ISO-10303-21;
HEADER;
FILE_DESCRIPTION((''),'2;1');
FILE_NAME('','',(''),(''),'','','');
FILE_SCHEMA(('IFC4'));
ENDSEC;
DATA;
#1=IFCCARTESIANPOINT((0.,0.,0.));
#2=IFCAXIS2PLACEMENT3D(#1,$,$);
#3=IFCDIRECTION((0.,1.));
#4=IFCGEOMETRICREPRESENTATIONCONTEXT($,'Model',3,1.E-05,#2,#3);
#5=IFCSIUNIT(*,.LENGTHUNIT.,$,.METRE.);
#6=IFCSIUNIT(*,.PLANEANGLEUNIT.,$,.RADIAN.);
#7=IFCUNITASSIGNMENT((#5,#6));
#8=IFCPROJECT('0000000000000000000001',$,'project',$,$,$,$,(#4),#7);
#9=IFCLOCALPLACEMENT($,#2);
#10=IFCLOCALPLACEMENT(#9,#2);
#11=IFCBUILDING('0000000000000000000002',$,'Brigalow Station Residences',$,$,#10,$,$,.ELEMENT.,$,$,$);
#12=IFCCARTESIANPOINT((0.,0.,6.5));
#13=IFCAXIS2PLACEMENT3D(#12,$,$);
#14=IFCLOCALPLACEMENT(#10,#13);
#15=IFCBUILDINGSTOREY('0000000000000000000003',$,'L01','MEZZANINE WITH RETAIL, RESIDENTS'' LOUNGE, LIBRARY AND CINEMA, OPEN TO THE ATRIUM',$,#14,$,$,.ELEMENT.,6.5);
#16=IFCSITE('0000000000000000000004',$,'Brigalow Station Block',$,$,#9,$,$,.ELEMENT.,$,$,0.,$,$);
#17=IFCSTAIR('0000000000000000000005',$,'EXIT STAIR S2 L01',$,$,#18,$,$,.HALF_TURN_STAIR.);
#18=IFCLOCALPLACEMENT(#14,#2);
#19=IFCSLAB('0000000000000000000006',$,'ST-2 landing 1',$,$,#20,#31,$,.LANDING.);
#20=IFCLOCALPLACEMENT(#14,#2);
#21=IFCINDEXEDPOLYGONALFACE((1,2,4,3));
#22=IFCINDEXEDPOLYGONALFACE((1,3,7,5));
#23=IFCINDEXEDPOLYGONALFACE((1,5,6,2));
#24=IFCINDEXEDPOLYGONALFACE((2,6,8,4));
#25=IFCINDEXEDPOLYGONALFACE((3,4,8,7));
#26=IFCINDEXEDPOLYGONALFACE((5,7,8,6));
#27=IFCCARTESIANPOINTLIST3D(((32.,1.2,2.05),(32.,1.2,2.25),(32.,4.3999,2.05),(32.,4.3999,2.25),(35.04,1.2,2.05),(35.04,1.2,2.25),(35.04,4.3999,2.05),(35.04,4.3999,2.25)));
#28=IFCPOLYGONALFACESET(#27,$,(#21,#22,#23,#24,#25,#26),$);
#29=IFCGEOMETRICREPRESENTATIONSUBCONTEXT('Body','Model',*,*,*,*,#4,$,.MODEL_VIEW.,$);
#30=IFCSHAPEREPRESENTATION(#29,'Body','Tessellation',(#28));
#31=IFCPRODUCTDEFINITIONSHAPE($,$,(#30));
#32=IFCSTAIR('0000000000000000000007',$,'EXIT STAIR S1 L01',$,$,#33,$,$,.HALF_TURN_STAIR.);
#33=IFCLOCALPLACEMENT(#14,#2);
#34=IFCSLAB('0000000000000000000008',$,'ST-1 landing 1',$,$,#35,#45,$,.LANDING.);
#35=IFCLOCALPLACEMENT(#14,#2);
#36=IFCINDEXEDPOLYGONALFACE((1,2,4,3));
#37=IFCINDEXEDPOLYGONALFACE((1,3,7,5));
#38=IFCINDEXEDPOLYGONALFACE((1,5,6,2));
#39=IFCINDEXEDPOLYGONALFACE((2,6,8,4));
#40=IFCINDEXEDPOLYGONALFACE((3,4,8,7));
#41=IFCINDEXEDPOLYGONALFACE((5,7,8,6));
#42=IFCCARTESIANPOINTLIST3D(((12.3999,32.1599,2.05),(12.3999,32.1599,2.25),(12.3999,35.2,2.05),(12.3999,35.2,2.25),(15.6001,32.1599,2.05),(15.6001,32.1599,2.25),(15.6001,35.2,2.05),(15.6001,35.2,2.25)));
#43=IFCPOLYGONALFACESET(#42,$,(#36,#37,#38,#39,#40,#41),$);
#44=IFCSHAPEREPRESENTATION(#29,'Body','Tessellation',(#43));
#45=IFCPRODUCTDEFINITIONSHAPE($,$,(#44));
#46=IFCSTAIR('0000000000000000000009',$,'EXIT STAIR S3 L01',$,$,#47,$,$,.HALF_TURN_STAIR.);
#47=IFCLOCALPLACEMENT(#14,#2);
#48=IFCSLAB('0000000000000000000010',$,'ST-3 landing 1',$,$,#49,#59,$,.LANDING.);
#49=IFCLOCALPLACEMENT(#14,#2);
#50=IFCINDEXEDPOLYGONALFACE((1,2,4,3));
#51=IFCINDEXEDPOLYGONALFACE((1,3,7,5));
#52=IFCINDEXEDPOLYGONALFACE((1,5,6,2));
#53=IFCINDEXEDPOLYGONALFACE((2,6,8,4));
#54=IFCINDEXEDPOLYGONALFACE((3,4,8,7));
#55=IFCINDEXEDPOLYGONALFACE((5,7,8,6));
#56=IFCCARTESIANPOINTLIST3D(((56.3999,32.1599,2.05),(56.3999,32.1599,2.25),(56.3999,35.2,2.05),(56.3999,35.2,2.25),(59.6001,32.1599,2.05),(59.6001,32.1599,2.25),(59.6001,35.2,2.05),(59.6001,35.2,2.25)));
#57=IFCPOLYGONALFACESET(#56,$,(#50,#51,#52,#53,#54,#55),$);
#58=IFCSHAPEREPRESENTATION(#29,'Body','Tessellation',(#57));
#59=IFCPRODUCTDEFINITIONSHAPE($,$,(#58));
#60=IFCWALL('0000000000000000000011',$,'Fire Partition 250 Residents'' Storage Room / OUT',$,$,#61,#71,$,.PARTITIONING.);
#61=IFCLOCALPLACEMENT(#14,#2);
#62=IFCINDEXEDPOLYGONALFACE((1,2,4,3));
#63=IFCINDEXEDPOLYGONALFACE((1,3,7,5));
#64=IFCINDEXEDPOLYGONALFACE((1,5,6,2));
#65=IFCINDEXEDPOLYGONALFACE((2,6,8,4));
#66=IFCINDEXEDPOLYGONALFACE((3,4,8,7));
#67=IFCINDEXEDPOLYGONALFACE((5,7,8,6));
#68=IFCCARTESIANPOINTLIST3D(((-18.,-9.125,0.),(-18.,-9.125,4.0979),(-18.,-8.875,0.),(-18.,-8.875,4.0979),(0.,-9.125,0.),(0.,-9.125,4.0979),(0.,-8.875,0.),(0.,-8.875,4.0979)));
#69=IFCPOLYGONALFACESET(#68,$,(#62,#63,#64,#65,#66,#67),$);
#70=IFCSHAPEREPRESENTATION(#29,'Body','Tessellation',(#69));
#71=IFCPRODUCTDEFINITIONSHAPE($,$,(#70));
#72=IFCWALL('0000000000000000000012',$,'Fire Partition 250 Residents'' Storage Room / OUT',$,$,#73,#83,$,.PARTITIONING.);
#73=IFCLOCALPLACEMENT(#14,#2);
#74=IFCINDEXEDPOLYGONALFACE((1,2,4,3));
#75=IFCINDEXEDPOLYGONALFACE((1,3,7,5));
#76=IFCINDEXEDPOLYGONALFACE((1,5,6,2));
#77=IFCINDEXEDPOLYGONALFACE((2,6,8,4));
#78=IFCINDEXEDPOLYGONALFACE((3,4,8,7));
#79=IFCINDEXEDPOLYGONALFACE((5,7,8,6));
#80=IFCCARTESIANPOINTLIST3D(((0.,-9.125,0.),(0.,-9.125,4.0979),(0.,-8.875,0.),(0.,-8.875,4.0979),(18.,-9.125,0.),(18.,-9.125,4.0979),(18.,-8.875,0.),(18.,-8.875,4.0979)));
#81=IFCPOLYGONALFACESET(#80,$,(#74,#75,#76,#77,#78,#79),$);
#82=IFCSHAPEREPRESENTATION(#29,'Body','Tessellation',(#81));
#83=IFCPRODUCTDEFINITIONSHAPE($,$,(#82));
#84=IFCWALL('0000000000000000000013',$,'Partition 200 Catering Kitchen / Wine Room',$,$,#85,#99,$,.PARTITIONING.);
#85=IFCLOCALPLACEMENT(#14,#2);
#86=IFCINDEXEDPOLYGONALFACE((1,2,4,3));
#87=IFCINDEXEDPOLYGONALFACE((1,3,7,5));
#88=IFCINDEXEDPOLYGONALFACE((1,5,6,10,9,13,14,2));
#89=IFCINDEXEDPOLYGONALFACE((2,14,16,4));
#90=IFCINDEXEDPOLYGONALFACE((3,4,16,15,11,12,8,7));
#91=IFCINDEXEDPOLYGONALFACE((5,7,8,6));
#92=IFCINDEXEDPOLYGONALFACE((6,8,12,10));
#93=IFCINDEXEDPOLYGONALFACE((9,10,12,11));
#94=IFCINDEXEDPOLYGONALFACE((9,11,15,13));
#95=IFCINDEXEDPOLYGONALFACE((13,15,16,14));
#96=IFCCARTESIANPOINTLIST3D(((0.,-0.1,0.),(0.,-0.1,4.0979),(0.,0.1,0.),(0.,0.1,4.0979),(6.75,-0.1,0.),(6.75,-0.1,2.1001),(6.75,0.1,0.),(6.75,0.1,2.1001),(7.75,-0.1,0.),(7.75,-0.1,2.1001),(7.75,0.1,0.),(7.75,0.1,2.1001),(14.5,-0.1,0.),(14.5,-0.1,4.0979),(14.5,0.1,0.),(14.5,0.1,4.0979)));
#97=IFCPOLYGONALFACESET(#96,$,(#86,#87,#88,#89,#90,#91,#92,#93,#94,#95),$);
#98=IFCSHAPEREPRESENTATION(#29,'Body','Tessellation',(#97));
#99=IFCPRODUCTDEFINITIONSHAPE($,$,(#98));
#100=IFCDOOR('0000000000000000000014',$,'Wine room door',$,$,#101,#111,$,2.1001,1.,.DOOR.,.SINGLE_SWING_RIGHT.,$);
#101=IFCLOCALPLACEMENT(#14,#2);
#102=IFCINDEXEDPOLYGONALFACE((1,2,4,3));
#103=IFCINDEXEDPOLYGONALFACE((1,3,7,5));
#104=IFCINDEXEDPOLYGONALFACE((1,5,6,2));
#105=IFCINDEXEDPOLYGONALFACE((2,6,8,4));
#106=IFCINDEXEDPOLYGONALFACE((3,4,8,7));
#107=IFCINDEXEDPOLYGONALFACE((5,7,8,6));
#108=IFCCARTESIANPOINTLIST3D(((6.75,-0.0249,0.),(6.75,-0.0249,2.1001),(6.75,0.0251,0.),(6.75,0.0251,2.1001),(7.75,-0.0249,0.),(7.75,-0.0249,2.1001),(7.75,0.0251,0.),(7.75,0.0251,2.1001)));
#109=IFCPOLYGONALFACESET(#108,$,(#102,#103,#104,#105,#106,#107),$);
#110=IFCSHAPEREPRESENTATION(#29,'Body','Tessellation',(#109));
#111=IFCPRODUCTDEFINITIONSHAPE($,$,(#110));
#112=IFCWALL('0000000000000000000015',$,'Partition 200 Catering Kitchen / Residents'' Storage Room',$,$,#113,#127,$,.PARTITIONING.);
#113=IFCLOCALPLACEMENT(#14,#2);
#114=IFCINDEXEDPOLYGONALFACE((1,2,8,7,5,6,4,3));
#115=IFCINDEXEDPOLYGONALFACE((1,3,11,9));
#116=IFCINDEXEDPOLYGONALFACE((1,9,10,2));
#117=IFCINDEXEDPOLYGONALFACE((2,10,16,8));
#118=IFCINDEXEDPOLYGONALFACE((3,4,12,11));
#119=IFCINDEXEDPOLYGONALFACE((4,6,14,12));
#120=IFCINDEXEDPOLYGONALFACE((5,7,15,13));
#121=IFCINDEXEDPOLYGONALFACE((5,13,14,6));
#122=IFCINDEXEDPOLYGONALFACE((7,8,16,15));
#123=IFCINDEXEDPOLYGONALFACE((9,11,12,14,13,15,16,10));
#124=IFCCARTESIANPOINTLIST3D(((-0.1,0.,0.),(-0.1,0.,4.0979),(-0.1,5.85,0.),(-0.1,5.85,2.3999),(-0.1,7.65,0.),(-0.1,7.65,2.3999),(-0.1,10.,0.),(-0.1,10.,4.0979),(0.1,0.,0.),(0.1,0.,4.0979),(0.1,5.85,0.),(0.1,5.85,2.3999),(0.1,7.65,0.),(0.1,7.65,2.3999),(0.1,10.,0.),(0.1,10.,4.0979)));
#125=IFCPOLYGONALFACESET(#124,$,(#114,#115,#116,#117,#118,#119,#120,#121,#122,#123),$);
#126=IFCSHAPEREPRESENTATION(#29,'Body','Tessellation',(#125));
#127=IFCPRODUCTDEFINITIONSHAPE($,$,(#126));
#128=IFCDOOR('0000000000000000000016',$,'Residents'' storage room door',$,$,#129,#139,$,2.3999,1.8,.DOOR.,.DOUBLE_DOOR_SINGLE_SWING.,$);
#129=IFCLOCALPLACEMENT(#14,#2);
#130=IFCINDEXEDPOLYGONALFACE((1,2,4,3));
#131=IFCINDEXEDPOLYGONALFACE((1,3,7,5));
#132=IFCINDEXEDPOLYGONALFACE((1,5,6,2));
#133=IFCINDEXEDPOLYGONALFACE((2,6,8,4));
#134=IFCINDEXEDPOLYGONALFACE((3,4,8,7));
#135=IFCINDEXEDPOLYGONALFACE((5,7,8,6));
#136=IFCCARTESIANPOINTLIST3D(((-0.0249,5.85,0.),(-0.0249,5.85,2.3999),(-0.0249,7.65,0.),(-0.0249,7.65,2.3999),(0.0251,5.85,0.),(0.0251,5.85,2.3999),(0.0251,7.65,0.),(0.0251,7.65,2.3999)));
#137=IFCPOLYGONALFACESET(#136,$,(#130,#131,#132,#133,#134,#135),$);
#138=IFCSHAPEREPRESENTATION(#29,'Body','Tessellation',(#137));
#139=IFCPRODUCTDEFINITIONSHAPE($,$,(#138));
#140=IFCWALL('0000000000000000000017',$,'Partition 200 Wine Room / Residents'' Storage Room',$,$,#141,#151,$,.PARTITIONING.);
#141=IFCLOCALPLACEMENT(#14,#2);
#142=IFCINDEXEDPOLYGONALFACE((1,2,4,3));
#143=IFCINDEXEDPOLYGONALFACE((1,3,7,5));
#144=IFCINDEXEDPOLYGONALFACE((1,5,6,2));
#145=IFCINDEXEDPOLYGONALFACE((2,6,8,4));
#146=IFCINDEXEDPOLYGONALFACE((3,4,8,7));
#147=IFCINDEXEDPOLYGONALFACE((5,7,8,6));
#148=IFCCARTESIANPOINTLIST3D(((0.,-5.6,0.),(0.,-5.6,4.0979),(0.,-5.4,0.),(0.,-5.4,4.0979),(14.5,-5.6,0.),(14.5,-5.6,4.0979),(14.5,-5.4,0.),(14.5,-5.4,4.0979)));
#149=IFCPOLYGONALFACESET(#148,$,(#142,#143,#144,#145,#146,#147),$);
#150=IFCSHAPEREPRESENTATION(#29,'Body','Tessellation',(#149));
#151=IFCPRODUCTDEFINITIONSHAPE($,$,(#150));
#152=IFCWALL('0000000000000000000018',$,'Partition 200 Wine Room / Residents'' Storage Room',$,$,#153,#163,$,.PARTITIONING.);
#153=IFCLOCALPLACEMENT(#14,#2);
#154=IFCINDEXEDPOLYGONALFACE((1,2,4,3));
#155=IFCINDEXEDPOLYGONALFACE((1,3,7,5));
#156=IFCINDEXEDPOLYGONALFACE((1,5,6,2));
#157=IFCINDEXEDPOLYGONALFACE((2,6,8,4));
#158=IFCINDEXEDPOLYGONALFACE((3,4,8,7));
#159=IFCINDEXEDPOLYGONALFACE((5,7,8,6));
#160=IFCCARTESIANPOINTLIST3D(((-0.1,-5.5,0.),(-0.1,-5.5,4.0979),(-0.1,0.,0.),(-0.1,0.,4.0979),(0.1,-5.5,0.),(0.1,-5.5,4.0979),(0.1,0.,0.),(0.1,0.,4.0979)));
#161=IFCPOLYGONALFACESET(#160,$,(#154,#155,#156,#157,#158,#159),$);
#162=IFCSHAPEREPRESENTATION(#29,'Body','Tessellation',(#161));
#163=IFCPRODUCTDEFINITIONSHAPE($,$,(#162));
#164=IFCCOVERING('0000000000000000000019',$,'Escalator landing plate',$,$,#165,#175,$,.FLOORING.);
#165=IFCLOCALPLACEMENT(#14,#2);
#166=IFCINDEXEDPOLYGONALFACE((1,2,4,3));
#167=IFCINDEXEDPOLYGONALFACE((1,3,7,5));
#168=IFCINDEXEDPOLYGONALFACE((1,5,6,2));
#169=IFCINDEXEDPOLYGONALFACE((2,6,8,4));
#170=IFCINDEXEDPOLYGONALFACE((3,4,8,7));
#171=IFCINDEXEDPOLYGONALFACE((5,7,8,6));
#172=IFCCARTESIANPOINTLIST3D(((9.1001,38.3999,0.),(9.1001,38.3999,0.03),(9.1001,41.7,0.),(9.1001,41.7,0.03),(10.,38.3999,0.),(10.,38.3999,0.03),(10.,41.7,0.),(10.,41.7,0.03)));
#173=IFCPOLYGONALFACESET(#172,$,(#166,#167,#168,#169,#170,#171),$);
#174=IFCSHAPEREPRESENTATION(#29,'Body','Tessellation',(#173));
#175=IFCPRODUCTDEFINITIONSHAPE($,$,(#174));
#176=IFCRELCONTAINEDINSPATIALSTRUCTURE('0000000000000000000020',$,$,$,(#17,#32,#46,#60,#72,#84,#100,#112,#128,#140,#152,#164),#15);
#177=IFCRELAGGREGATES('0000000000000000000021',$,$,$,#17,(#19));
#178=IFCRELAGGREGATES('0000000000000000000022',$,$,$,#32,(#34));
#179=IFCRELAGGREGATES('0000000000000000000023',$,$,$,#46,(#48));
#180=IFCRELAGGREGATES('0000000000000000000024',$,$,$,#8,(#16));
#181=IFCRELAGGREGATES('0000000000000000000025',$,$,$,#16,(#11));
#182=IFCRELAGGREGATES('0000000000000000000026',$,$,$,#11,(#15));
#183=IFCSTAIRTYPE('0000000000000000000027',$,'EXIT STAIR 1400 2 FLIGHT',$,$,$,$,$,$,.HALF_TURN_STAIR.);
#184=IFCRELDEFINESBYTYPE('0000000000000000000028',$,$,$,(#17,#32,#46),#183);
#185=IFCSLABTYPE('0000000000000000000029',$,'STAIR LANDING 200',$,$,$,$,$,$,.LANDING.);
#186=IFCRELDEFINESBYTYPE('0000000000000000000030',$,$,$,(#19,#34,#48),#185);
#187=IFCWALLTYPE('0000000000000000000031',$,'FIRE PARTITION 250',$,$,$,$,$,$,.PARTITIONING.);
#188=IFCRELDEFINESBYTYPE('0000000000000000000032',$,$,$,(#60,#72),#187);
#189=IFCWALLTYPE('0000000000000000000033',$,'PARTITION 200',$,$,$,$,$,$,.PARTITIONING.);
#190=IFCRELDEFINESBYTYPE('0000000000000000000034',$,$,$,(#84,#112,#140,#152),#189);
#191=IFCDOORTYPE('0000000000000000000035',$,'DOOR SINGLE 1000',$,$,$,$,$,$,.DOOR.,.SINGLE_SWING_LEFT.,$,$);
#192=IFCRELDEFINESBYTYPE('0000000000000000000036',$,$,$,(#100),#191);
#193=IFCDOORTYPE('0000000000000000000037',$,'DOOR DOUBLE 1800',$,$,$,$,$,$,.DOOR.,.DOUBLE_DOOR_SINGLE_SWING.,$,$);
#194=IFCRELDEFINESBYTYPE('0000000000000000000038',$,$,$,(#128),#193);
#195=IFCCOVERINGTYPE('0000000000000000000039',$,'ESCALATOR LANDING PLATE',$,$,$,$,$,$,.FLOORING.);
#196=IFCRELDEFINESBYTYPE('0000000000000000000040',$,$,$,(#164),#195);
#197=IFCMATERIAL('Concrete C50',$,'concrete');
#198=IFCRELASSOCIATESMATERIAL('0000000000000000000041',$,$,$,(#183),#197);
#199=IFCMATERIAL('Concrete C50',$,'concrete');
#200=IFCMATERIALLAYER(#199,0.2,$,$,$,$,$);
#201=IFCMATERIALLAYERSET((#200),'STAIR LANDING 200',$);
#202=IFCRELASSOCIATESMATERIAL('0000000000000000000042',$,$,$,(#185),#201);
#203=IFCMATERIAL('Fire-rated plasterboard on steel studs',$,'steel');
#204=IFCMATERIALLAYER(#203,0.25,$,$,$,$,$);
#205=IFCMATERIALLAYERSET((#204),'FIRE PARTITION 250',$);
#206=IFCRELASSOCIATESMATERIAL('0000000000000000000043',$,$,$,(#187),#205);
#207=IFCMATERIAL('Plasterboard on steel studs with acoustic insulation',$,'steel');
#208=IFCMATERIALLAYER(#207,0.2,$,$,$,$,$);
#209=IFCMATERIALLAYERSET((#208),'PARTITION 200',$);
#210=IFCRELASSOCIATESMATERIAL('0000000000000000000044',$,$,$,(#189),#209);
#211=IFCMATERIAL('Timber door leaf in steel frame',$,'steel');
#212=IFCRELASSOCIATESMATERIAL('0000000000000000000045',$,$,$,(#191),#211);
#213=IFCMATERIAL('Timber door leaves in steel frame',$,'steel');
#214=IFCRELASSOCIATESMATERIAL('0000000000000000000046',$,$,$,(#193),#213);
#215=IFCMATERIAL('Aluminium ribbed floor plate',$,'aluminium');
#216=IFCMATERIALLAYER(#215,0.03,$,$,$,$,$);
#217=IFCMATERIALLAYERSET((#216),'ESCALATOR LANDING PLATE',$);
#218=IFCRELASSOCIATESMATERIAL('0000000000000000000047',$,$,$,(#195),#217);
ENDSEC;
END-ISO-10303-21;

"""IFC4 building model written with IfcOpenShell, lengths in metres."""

from ifc_helpers import new_model, si_unit, direction, frame, frame_2d, origin, origin_with_axes, place, context, subcontext, project, spatial, polyline, rectangle, outline, extrude, material, layer, layer_set, type_object, element, fill, aggregate, save


model = new_model("IFC4")

# Units and contexts
model_context = context("Model", 3, precision=1e-05, world=origin(), true_north=direction((0.0, 1.0)))
body_context = subcontext(model_context, "Body", "Model", "MODEL_VIEW")
ifc_project = project(units=[si_unit("LENGTHUNIT", "METRE"), si_unit("PLANEANGLEUNIT", "RADIAN")], contexts=[model_context])

# Site, building, storey
site_placement = place(None, origin())
site = spatial("IfcSite", under=ifc_project, at=site_placement, Name="Brigalow Station Block", CompositionType="ELEMENT", RefElevation=0.0)
building_placement = place(site_placement, origin())
building = spatial("IfcBuilding", under=site, at=building_placement, Name="Brigalow Station Residences", CompositionType="ELEMENT")
storey_placement = place(building_placement, frame((0.0, 0.0, 6.5)))
storey = spatial("IfcBuildingStorey", under=building, at=storey_placement, Name="L01", Description="MEZZANINE WITH RETAIL, RESIDENTS' LOUNGE, LIBRARY AND CINEMA, OPEN TO THE ATRIUM", CompositionType="ELEMENT", Elevation=6.5)

# Stairs, slabs
ifc_material_1 = material(Name="Concrete C50", Category="concrete")
stair_type_1 = type_object("IfcStairType", Name="EXIT STAIR 1400 2 FLIGHT", PredefinedType="HALF_TURN_STAIR", material=ifc_material_1)
stair_1_placement = place(storey_placement, origin())
stair_1 = element("IfcStair", 1, at=stair_1_placement, inside=storey, type_object=stair_type_1, Name="EXIT STAIR S2 L01", PredefinedType="HALF_TURN_STAIR")
ifc_material_2 = material(Name="Concrete C50", Category="concrete")
ifc_layer_1 = layer(ifc_material_2, 0.2)
ifc_layer_set_1 = layer_set([ifc_layer_1], Name="STAIR LANDING 200")
slab_type_1 = type_object("IfcSlabType", Name="STAIR LANDING 200", PredefinedType="LANDING", material=ifc_layer_set_1)
slab_1_placement = place(storey_placement, frame((0.0, 0.0, 2.05)))
slab_1 = element("IfcSlab", 2, at=slab_1_placement, type_object=slab_type_1, Name="ST-2 landing 1", PredefinedType="LANDING", context=body_context, shape_type="SweptSolid", body=[
    extrude(outline(polyline([(32.0, 1.2), (35.04, 1.2), (35.04, 4.3999), (32.0, 4.3999), (32.0, 1.2)])), origin(), (0.0, 0.0, 1.0), 0.2),
])
aggregate(stair_1, [slab_1])
stair_2_placement = place(storey_placement, origin())
stair_2 = element("IfcStair", 3, at=stair_2_placement, inside=storey, type_object=stair_type_1, Name="EXIT STAIR S1 L01", PredefinedType="HALF_TURN_STAIR")
slab_2_placement = place(storey_placement, frame((0.0, 0.0, 2.05)))
slab_2 = element("IfcSlab", 4, at=slab_2_placement, type_object=slab_type_1, Name="ST-1 landing 1", PredefinedType="LANDING", context=body_context, shape_type="SweptSolid", body=[
    extrude(outline(polyline([(12.3999, 32.1599), (15.6001, 32.1599), (15.6001, 35.2), (12.3999, 35.2), (12.3999, 32.1599)])), origin(), (0.0, 0.0, 1.0), 0.2),
])
aggregate(stair_2, [slab_2])
stair_3_placement = place(storey_placement, origin())
stair_3 = element("IfcStair", 5, at=stair_3_placement, inside=storey, type_object=stair_type_1, Name="EXIT STAIR S3 L01", PredefinedType="HALF_TURN_STAIR")
slab_3_placement = place(storey_placement, frame((0.0, 0.0, 2.05)))
slab_3 = element("IfcSlab", 6, at=slab_3_placement, type_object=slab_type_1, Name="ST-3 landing 1", PredefinedType="LANDING", context=body_context, shape_type="SweptSolid", body=[
    extrude(outline(polyline([(56.3999, 32.1599), (59.6001, 32.1599), (59.6001, 35.2), (56.3999, 35.2), (56.3999, 32.1599)])), origin(), (0.0, 0.0, 1.0), 0.2),
])
aggregate(stair_3, [slab_3])

# Walls
ifc_material_3 = material(Name="Fire-rated plasterboard on steel studs", Category="steel")
ifc_layer_2 = layer(ifc_material_3, 0.25)
ifc_layer_set_2 = layer_set([ifc_layer_2], Name="FIRE PARTITION 250")
wall_type_1 = type_object("IfcWallType", Name="FIRE PARTITION 250", PredefinedType="PARTITIONING", material=ifc_layer_set_2)
for number, where, z_axis, x_axis, name in (
    (7, (-18.0, -9.0, 0.0), (0.0, 0.0, 1.0), (1.0, 0.0, 0.0), "Fire Partition 250 Residents' Storage Room / OUT"),
    (8, (0.0, -9.0, 0.0), (0.0, 0.0, 1.0), (1.0, 0.0, 0.0), "Fire Partition 250 Residents' Storage Room / OUT"),
):
    element("IfcWall", number, at=place(storey_placement, frame(where, z_axis=z_axis, x_axis=x_axis)), inside=storey, type_object=wall_type_1, Name=name, PredefinedType="PARTITIONING", context=body_context, shape_type="SweptSolid", body=[
        extrude(rectangle(XDim=18.0, YDim=0.25, at=frame_2d((9.0, 0.0))), origin(), (0.0, 0.0, 1.0), 4.0979),
    ])

# Walls, openings, doors
ifc_material_4 = material(Name="Plasterboard on steel studs with acoustic insulation", Category="steel")
ifc_layer_3 = layer(ifc_material_4, 0.2)
ifc_layer_set_3 = layer_set([ifc_layer_3], Name="PARTITION 200")
wall_type_2 = type_object("IfcWallType", Name="PARTITION 200", PredefinedType="PARTITIONING", material=ifc_layer_set_3)
wall_1_placement = place(storey_placement, origin_with_axes())
wall_1 = element("IfcWall", 9, at=wall_1_placement, inside=storey, type_object=wall_type_2, Name="Partition 200 Catering Kitchen / Wine Room", PredefinedType="PARTITIONING", context=body_context, shape_type="SweptSolid", body=[
    extrude(rectangle(XDim=14.5, YDim=0.2, at=frame_2d((7.25, 0.0))), origin(), (0.0, 0.0, 1.0), 4.0979),
])
opening_1_placement = place(wall_1_placement, frame((6.75, 0.0, 0.0)))
opening_1 = element("IfcOpeningElement", 10, at=opening_1_placement, cuts=wall_1, PredefinedType="OPENING", context=body_context, shape_type="SweptSolid", body=[
    extrude(rectangle(XDim=1.0, YDim=2.1001, at=frame_2d((0.5, 1.05))), frame((0.0, 0.1099, 0.0), z_axis=(0.0, -1.0, 0.0), x_axis=(1.0, 0.0, 0.0)), (0.0, 0.0, 1.0), 0.22),
])
ifc_material_5 = material(Name="Timber door leaf in steel frame", Category="steel")
door_type_1 = type_object("IfcDoorType", Name="DOOR SINGLE 1000", OperationType="SINGLE_SWING_LEFT", PredefinedType="DOOR", material=ifc_material_5)
door_1_placement = place(opening_1_placement, frame((1.0, 0.0, 0.0), z_axis=(0.0, 0.0, 1.0), x_axis=(-1.0, 0.0, 0.0)))
door_1 = element("IfcDoor", 11, at=door_1_placement, inside=storey, type_object=door_type_1, Name="Wine room door", OperationType="SINGLE_SWING_RIGHT", OverallHeight=2.1001, OverallWidth=1.0, PredefinedType="DOOR", context=body_context, shape_type="SweptSolid", body=[
    extrude(rectangle(XDim=1.0, YDim=2.1001, at=frame_2d((0.5, 1.05))), frame((0.0, 0.0249, 0.0), z_axis=(0.0, -1.0, 0.0), x_axis=(1.0, 0.0, 0.0)), (0.0, 0.0, 1.0), 0.05),
])
fill(opening_1, door_1)
wall_2_placement = place(storey_placement, frame((0.0, 0.0, 0.0), z_axis=(0.0, 0.0, 1.0), x_axis=(0.0, 1.0, 0.0)))
wall_2 = element("IfcWall", 12, at=wall_2_placement, inside=storey, type_object=wall_type_2, Name="Partition 200 Catering Kitchen / Residents' Storage Room", PredefinedType="PARTITIONING", context=body_context, shape_type="SweptSolid", body=[
    extrude(rectangle(XDim=10.0, YDim=0.2, at=frame_2d((5.0, 0.0))), origin(), (0.0, 0.0, 1.0), 4.0979),
])
opening_2_placement = place(wall_2_placement, frame((5.8501, 0.0, 0.0)))
opening_2 = element("IfcOpeningElement", 13, at=opening_2_placement, cuts=wall_2, PredefinedType="OPENING", context=body_context, shape_type="SweptSolid", body=[
    extrude(rectangle(XDim=1.8, YDim=2.3999, at=frame_2d((0.8999, 1.2))), frame((0.0, 0.1099, 0.0), z_axis=(0.0, -1.0, 0.0), x_axis=(1.0, 0.0, 0.0)), (0.0, 0.0, 1.0), 0.22),
])
ifc_material_6 = material(Name="Timber door leaves in steel frame", Category="steel")
door_type_2 = type_object("IfcDoorType", Name="DOOR DOUBLE 1800", OperationType="DOUBLE_DOOR_SINGLE_SWING", PredefinedType="DOOR", material=ifc_material_6)
door_2_placement = place(opening_2_placement, origin())
door_2 = element("IfcDoor", 14, at=door_2_placement, inside=storey, type_object=door_type_2, Name="Residents' storage room door", OperationType="DOUBLE_DOOR_SINGLE_SWING", OverallHeight=2.3999, OverallWidth=1.8, PredefinedType="DOOR", context=body_context, shape_type="SweptSolid", body=[
    extrude(rectangle(XDim=1.8, YDim=2.3999, at=frame_2d((0.8999, 1.2))), frame((0.0, 0.0249, 0.0), z_axis=(0.0, -1.0, 0.0), x_axis=(1.0, 0.0, 0.0)), (0.0, 0.0, 1.0), 0.05),
])
fill(opening_2, door_2)

# Walls
wall_3_placement = place(storey_placement, frame((0.0, -5.5, 0.0), z_axis=(0.0, 0.0, 1.0), x_axis=(1.0, 0.0, 0.0)))
element("IfcWall", 15, at=wall_3_placement, inside=storey, type_object=wall_type_2, Name="Partition 200 Wine Room / Residents' Storage Room", PredefinedType="PARTITIONING", context=body_context, shape_type="SweptSolid", body=[
    extrude(rectangle(XDim=14.5, YDim=0.2, at=frame_2d((7.25, 0.0))), origin(), (0.0, 0.0, 1.0), 4.0979),
])
wall_4_placement = place(storey_placement, frame((0.0, -5.5, 0.0), z_axis=(0.0, 0.0, 1.0), x_axis=(0.0, 1.0, 0.0)))
element("IfcWall", 16, at=wall_4_placement, inside=storey, type_object=wall_type_2, Name="Partition 200 Wine Room / Residents' Storage Room", PredefinedType="PARTITIONING", context=body_context, shape_type="SweptSolid", body=[
    extrude(rectangle(XDim=5.5, YDim=0.2, at=frame_2d((2.75, 0.0))), origin(), (0.0, 0.0, 1.0), 4.0979),
])

# Covering
ifc_material_7 = material(Name="Aluminium ribbed floor plate", Category="aluminium")
ifc_layer_4 = layer(ifc_material_7, 0.03)
ifc_layer_set_4 = layer_set([ifc_layer_4], Name="ESCALATOR LANDING PLATE")
covering_type = type_object("IfcCoveringType", Name="ESCALATOR LANDING PLATE", PredefinedType="FLOORING", material=ifc_layer_set_4)
covering_placement = place(storey_placement, origin())
element("IfcCovering", 17, at=covering_placement, inside=storey, type_object=covering_type, Name="Escalator landing plate", PredefinedType="FLOORING", context=body_context, shape_type="SweptSolid", body=[
    extrude(outline(polyline([(9.1001, 38.3999), (10.0, 38.3999), (10.0, 41.7), (9.1001, 41.7), (9.1001, 38.3999)])), origin(), (0.0, 0.0, 1.0), 0.03),
])

save(model, "model.ifc")
